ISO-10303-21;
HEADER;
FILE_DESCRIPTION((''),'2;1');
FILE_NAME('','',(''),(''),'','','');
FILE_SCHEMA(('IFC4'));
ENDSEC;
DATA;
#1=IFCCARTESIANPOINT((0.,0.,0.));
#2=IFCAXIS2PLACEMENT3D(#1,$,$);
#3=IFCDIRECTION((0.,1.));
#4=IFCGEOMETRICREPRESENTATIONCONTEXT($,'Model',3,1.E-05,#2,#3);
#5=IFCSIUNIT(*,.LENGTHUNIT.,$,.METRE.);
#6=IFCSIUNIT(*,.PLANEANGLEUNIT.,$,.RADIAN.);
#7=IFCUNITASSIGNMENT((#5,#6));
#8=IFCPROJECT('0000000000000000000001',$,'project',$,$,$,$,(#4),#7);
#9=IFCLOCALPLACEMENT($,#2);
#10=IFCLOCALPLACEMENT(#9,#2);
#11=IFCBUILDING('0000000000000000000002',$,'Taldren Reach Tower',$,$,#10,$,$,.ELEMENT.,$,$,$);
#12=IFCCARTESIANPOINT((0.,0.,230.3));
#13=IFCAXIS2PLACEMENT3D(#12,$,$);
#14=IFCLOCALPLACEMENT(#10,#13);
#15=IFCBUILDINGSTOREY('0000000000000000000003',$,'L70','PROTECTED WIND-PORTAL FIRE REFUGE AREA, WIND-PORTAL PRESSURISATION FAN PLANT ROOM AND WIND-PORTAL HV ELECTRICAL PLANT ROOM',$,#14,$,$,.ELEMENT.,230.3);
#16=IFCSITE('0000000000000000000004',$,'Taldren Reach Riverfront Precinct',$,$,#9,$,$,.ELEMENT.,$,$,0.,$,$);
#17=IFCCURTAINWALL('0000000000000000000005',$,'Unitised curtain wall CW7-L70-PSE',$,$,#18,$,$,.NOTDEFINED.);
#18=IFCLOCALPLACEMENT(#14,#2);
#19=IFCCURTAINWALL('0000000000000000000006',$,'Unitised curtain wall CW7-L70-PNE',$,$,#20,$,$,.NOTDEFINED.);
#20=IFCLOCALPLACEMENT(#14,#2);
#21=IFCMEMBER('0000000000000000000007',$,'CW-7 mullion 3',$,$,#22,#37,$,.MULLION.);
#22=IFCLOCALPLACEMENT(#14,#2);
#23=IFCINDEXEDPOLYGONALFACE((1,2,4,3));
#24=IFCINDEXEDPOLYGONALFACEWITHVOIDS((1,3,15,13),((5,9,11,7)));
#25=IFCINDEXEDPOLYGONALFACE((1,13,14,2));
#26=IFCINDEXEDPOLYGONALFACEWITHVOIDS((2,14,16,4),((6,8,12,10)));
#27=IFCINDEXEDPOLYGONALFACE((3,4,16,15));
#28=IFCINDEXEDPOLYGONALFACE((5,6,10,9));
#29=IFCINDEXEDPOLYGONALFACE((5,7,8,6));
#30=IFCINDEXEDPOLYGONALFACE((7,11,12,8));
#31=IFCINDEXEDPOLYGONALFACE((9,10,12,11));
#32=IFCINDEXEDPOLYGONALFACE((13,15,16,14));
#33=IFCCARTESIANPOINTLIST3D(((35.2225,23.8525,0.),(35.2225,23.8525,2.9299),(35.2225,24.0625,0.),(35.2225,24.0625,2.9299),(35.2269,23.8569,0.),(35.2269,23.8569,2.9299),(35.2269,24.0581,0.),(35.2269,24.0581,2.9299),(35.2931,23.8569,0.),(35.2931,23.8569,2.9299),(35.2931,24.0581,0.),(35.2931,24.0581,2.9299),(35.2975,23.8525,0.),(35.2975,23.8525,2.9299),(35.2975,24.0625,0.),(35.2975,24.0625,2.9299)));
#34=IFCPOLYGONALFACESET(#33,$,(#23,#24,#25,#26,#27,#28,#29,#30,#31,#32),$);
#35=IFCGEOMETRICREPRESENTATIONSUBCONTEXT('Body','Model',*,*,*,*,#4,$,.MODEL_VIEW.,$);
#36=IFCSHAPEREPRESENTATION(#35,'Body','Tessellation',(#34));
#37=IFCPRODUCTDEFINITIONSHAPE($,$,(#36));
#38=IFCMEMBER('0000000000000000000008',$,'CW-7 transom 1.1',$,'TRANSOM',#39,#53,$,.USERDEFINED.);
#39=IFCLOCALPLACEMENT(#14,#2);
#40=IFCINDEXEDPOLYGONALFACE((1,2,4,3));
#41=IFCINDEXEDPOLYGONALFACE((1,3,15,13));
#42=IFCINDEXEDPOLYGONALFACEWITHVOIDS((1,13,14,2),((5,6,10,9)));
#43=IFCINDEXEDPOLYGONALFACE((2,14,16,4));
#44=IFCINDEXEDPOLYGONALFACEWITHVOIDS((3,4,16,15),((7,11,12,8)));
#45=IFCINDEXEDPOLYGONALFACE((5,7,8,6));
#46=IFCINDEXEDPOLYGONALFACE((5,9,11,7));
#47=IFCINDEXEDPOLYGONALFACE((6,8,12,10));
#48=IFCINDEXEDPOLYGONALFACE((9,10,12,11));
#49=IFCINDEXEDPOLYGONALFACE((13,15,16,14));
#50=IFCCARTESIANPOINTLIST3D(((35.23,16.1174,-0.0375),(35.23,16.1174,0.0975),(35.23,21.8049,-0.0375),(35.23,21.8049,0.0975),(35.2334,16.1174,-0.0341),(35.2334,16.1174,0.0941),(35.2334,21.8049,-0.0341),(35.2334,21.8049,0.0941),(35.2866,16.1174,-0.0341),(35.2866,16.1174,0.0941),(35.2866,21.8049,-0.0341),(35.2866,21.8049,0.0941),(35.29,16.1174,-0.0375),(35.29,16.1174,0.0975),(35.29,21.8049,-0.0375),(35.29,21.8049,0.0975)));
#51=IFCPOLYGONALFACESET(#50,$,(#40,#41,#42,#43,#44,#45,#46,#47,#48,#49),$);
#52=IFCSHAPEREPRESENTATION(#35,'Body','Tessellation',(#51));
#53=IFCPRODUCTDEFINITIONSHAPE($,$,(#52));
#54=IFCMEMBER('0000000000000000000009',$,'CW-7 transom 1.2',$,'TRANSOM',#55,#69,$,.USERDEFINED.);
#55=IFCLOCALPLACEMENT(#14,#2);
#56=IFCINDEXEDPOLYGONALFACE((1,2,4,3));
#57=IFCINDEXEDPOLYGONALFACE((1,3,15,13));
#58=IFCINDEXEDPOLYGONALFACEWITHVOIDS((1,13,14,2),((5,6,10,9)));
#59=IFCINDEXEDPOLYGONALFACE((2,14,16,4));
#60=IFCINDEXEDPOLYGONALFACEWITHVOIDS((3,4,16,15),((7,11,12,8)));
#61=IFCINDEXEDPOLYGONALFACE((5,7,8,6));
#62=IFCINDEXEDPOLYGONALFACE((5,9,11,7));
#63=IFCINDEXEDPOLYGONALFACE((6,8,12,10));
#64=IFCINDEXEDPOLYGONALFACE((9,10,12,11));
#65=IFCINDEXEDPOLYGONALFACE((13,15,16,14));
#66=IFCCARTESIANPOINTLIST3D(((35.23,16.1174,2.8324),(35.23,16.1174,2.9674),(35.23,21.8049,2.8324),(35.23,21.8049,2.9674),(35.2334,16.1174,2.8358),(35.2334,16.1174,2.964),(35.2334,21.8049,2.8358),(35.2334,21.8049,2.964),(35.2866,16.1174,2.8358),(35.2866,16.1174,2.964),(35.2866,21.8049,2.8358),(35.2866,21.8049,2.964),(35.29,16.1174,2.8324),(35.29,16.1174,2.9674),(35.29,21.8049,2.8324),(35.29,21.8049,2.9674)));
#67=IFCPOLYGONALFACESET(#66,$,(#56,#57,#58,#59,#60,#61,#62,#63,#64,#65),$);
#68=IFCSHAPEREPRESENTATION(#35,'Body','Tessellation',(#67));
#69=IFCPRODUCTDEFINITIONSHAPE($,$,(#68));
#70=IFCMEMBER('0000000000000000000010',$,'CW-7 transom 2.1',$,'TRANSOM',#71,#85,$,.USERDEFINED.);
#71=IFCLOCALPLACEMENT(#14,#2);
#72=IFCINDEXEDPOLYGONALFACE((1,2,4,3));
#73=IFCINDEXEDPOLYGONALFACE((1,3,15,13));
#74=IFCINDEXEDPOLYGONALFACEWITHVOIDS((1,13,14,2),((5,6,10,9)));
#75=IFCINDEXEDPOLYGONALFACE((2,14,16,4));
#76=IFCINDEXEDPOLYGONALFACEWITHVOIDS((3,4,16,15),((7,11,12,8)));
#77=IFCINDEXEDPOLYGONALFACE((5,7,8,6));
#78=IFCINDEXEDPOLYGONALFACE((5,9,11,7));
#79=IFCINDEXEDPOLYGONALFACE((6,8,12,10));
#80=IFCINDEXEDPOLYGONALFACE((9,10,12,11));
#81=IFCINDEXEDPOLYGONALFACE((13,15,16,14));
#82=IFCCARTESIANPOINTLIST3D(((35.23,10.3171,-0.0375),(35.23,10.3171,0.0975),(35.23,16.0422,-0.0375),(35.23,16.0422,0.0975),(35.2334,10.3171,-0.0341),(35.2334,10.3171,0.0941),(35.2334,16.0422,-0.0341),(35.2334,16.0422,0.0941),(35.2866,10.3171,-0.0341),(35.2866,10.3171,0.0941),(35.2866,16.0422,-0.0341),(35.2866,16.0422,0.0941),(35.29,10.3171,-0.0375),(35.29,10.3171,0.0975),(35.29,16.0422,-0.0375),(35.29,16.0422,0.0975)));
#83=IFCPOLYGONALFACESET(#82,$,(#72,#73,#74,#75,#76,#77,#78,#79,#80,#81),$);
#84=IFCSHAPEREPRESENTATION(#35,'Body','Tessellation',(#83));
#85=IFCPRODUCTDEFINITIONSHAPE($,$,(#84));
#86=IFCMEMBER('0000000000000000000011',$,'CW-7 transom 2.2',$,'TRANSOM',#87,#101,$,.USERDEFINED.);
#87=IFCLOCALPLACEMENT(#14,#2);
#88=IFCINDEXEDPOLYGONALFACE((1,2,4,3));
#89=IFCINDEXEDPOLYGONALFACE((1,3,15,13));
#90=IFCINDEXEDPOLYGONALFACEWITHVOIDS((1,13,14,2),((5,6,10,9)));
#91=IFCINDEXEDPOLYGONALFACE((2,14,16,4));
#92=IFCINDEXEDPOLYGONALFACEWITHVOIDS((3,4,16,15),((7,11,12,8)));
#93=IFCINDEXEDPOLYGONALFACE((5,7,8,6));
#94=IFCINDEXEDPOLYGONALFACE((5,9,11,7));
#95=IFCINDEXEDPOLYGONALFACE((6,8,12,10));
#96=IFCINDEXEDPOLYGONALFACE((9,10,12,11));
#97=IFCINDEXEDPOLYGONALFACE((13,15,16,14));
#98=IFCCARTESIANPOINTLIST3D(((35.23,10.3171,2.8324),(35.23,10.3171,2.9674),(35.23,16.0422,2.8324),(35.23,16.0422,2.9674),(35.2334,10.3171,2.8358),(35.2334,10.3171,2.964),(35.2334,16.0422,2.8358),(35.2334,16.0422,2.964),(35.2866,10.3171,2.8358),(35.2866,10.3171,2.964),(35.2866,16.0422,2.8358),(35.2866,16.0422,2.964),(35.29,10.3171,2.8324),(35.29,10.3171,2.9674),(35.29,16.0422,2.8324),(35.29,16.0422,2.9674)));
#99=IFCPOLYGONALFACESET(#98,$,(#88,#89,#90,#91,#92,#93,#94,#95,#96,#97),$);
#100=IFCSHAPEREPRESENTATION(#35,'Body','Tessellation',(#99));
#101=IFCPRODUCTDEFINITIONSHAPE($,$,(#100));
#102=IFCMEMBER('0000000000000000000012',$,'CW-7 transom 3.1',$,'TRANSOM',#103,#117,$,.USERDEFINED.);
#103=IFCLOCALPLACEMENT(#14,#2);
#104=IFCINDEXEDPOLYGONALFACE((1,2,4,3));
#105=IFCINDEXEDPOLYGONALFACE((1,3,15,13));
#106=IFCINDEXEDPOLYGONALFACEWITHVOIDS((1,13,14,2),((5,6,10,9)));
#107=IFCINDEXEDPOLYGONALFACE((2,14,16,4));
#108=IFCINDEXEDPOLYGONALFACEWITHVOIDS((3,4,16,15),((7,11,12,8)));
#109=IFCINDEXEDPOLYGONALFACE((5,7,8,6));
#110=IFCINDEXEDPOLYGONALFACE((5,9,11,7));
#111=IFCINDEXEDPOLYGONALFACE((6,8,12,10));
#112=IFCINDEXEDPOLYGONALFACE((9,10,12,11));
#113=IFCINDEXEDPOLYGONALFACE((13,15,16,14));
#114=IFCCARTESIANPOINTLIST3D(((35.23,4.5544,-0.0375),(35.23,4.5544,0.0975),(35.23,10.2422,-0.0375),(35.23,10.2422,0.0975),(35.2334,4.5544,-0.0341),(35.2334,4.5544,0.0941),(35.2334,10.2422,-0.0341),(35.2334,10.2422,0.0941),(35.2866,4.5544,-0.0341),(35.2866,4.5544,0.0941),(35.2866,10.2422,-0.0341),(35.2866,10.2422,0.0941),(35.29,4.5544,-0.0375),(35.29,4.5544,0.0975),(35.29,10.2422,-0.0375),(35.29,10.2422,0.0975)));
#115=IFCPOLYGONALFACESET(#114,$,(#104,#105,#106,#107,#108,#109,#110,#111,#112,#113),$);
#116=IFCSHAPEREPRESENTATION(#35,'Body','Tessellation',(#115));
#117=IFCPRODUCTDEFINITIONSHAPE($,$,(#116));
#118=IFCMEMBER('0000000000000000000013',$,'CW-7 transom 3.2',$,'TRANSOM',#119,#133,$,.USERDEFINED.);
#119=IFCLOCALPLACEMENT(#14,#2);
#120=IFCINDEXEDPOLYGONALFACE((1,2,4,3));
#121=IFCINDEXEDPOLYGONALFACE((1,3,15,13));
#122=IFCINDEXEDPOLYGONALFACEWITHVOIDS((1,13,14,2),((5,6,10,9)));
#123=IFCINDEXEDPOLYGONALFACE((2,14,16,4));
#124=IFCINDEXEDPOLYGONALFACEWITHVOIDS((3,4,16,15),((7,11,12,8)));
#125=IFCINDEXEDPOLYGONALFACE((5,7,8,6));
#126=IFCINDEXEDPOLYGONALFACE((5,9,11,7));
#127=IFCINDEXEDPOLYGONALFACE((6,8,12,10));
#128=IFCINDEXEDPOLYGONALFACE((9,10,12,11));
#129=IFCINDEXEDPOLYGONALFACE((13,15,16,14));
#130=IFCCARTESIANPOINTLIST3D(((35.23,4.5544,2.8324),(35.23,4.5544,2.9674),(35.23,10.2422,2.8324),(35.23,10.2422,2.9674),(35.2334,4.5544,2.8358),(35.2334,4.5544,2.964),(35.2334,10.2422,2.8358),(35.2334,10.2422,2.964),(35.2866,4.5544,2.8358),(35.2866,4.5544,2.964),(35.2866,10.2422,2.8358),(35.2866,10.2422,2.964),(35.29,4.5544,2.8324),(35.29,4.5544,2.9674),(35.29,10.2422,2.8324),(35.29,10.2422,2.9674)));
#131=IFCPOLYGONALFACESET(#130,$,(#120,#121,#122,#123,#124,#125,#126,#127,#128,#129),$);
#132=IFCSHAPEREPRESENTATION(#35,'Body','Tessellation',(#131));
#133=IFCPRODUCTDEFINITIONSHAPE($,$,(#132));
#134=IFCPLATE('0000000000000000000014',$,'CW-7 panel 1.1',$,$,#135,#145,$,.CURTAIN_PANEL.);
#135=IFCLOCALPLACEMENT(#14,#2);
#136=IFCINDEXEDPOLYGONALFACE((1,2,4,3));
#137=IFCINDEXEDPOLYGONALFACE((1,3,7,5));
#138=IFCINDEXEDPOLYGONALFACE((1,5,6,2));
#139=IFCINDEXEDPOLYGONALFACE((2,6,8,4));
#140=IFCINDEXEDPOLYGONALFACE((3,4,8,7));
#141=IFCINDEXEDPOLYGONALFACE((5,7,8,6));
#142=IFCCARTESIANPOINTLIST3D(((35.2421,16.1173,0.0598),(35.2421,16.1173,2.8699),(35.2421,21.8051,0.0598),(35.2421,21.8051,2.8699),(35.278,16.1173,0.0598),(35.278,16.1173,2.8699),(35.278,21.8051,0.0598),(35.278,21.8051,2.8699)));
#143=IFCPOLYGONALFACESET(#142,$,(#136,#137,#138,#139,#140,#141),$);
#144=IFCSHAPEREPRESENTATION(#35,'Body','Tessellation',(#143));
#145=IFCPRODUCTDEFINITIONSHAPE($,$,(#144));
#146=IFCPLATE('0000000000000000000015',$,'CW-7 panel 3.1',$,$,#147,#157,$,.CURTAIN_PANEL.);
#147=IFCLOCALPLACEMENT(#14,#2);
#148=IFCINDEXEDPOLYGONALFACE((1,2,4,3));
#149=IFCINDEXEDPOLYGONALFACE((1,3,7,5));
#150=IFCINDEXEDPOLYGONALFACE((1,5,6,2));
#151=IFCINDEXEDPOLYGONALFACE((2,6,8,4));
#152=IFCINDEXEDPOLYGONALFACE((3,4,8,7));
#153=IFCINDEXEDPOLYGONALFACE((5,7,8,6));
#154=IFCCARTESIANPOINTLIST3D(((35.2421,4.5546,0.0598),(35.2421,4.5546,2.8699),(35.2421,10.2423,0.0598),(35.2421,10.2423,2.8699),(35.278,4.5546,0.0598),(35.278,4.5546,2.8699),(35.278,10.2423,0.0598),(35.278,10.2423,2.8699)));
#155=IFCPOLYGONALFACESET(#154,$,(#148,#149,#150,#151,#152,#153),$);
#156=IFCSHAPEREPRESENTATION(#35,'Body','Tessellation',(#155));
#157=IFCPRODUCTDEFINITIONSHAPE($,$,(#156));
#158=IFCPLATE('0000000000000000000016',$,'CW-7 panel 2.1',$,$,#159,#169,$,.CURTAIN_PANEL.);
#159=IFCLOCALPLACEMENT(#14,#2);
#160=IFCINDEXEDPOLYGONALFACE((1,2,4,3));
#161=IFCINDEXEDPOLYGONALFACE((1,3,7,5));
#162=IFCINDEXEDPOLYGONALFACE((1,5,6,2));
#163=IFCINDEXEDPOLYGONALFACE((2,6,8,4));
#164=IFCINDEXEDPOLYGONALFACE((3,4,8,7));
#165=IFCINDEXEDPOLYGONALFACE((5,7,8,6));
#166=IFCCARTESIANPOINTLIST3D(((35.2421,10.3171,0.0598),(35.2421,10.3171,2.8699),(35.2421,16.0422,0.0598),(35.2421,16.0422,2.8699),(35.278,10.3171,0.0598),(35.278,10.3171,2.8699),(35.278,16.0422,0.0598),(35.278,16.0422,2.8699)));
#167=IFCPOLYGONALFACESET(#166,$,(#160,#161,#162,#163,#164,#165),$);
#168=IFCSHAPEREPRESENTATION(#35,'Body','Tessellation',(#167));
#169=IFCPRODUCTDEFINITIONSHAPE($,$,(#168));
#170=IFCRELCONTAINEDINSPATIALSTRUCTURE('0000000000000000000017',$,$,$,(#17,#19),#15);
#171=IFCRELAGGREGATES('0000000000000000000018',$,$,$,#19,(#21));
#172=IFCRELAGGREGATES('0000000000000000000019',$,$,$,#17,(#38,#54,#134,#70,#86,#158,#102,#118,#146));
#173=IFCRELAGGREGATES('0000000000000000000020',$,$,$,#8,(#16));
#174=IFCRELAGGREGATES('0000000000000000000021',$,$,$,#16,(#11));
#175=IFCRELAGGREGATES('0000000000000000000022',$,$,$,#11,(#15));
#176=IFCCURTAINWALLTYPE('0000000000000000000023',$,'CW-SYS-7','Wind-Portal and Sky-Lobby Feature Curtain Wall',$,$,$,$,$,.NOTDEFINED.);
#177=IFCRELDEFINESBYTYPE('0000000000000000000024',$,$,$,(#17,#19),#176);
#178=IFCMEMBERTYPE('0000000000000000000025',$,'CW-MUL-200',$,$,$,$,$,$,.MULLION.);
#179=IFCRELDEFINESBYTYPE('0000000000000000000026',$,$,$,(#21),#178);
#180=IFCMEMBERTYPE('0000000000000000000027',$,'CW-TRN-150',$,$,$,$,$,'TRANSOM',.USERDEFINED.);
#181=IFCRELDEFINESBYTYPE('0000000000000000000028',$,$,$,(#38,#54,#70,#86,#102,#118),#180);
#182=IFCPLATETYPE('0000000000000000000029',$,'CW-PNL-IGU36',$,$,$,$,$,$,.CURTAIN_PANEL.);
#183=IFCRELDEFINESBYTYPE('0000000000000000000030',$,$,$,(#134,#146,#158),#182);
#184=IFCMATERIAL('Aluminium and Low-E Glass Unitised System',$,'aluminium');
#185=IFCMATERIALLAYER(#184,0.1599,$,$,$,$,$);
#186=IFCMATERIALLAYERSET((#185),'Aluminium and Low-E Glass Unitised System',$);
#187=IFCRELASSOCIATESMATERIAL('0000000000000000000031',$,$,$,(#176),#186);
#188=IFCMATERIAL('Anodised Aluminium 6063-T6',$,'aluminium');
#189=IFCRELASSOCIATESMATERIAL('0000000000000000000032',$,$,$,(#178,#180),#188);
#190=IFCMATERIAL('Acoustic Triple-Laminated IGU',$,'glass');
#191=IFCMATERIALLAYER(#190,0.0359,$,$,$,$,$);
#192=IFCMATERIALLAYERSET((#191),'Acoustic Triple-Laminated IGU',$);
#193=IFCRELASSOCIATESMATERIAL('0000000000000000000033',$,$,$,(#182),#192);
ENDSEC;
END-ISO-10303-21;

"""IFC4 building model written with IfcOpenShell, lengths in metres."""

from ifc_helpers import new_model, si_unit, direction, frame, origin, origin_2d, place, context, subcontext, project, spatial, rectangle, hollow_rectangle, extrude, source, transform, mapped, material, layer, layer_set, material_profile, profile_set, type_object, element, aggregate, save


model = new_model("IFC4")

# Units and contexts
model_context = context("Model", 3, precision=1e-05, world=origin(), true_north=direction((0.0, 1.0)))
body_context = subcontext(model_context, "Body", "Model", "MODEL_VIEW")
ifc_project = project(units=[si_unit("LENGTHUNIT", "METRE"), si_unit("PLANEANGLEUNIT", "RADIAN")], contexts=[model_context])

# Site, building, storey
site_placement = place(None, origin())
site = spatial("IfcSite", under=ifc_project, at=site_placement, Name="Taldren Reach Riverfront Precinct", CompositionType="ELEMENT", RefElevation=0.0)
building_placement = place(site_placement, origin())
building = spatial("IfcBuilding", under=site, at=building_placement, Name="Taldren Reach Tower", CompositionType="ELEMENT")
storey_placement = place(building_placement, frame((0.0, 0.0, 230.3)))
storey = spatial("IfcBuildingStorey", under=building, at=storey_placement, Name="L70", Description="PROTECTED WIND-PORTAL FIRE REFUGE AREA, WIND-PORTAL PRESSURISATION FAN PLANT ROOM AND WIND-PORTAL HV ELECTRICAL PLANT ROOM", CompositionType="ELEMENT", Elevation=230.3)

# Curtain wall
ifc_material_1 = material(Name="Aluminium and Low-E Glass Unitised System", Category="aluminium")
ifc_layer_1 = layer(ifc_material_1, 0.1599)
ifc_layer_set_1 = layer_set([ifc_layer_1], Name="Aluminium and Low-E Glass Unitised System")
curtain_wall_type = type_object("IfcCurtainWallType", Name="CW-SYS-7", Description="Wind-Portal and Sky-Lobby Feature Curtain Wall", PredefinedType="NOTDEFINED", material=ifc_layer_set_1)
curtain_wall_1_placement = place(storey_placement, origin())
curtain_wall_1 = element("IfcCurtainWall", 1, at=curtain_wall_1_placement, inside=storey, type_object=curtain_wall_type, Name="Unitised curtain wall CW7-L70-PSE", PredefinedType="NOTDEFINED")
ifc_material_2 = material(Name="Anodised Aluminium 6063-T6", Category="aluminium")
ifc_material_profile_1 = material_profile(ifc_material_2, hollow_rectangle(XDim=0.075, YDim=0.21, WallThickness=0.0044, at=origin_2d()), Name="ALU-210x75x4.5RHS")
ifc_profile_set_1 = profile_set([ifc_material_profile_1], Name="Anodised Aluminium 6063-T6")
member_type_1 = type_object("IfcMemberType", Name="CW-MUL-200", PredefinedType="MULLION", material=ifc_profile_set_1)
shared_shape_1 = source(origin(), body_context, "Body", "SweptSolid", [
    extrude(hollow_rectangle(XDim=0.075, YDim=0.21, WallThickness=0.0044, at=origin_2d()), origin(), (0.0, 0.0, 1.0), 2.9299),
])

# Curtain wall, member
curtain_wall_2_placement = place(storey_placement, origin())
curtain_wall_2 = element("IfcCurtainWall", 2, at=curtain_wall_2_placement, inside=storey, type_object=curtain_wall_type, Name="Unitised curtain wall CW7-L70-PNE", PredefinedType="NOTDEFINED")
member_1_placement = place(storey_placement, frame((35.26, 23.9575, 0.0), z_axis=(0.0, 0.0, 1.0), x_axis=(1.0, 0.0, 0.0)))
member_1 = element("IfcMember", 3, at=member_1_placement, type_object=member_type_1, Name="CW-7 mullion 3", PredefinedType="MULLION", context=body_context, shape_type="MappedRepresentation", body=[
    mapped(shared_shape_1, transform((0.0, 0.0, 0.0), scale=1.0)),
])
aggregate(curtain_wall_2, [member_1])

# Members
ifc_material_profile_2 = material_profile(ifc_material_2, hollow_rectangle(XDim=0.0601, YDim=0.135, WallThickness=0.0034, at=origin_2d()), Name="ALU-135x60x3.5RHS")
ifc_profile_set_2 = profile_set([ifc_material_profile_2], Name="Anodised Aluminium 6063-T6")
member_type_2 = type_object("IfcMemberType", Name="CW-TRN-150", ElementType="TRANSOM", PredefinedType="USERDEFINED", material=ifc_profile_set_2)
shared_shape_2 = source(origin(), body_context, "Body", "SweptSolid", [
    extrude(hollow_rectangle(XDim=0.0601, YDim=0.135, WallThickness=0.0034, at=origin_2d()), origin(), (0.0, 0.0, 1.0), 5.6875),
])
member_2_placement = place(storey_placement, frame((35.26, 21.8049, 0.03), z_axis=(0.0, -1.0, 0.0), x_axis=(1.0, 0.0, 0.0)))
member_2 = element("IfcMember", 4, at=member_2_placement, type_object=member_type_2, Name="CW-7 transom 1.1", ObjectType="TRANSOM", PredefinedType="USERDEFINED", context=body_context, shape_type="MappedRepresentation", body=[
    mapped(shared_shape_2, transform((0.0, 0.0, 0.0), scale=1.0)),
])
member_3_placement = place(storey_placement, frame((35.26, 21.8049, 2.8999), z_axis=(0.0, -1.0, 0.0), x_axis=(1.0, 0.0, 0.0)))
member_3 = element("IfcMember", 5, at=member_3_placement, type_object=member_type_2, Name="CW-7 transom 1.2", ObjectType="TRANSOM", PredefinedType="USERDEFINED", context=body_context, shape_type="MappedRepresentation", body=[
    mapped(shared_shape_2, transform((0.0, 0.0, 0.0), scale=1.0)),
])
shared_shape_3 = source(origin(), body_context, "Body", "SweptSolid", [
    extrude(hollow_rectangle(XDim=0.0601, YDim=0.135, WallThickness=0.0034, at=origin_2d()), origin(), (0.0, 0.0, 1.0), 5.7251),
])
member_4_placement = place(storey_placement, frame((35.26, 16.0422, 0.03), z_axis=(0.0, -1.0, 0.0), x_axis=(1.0, 0.0, 0.0)))
member_4 = element("IfcMember", 6, at=member_4_placement, type_object=member_type_2, Name="CW-7 transom 2.1", ObjectType="TRANSOM", PredefinedType="USERDEFINED", context=body_context, shape_type="MappedRepresentation", body=[
    mapped(shared_shape_3, transform((0.0, 0.0, 0.0), scale=1.0)),
])
member_5_placement = place(storey_placement, frame((35.26, 16.0422, 2.8999), z_axis=(0.0, -1.0, 0.0), x_axis=(1.0, 0.0, 0.0)))
member_5 = element("IfcMember", 7, at=member_5_placement, type_object=member_type_2, Name="CW-7 transom 2.2", ObjectType="TRANSOM", PredefinedType="USERDEFINED", context=body_context, shape_type="MappedRepresentation", body=[
    mapped(shared_shape_3, transform((0.0, 0.0, 0.0), scale=1.0)),
])
shared_shape_4 = source(origin(), body_context, "Body", "SweptSolid", [
    extrude(hollow_rectangle(XDim=0.0601, YDim=0.135, WallThickness=0.0034, at=origin_2d()), origin(), (0.0, 0.0, 1.0), 5.6877),
])
member_6_placement = place(storey_placement, frame((35.26, 10.2422, 0.03), z_axis=(0.0, -1.0, 0.0), x_axis=(1.0, 0.0, 0.0)))
member_6 = element("IfcMember", 8, at=member_6_placement, type_object=member_type_2, Name="CW-7 transom 3.1", ObjectType="TRANSOM", PredefinedType="USERDEFINED", context=body_context, shape_type="MappedRepresentation", body=[
    mapped(shared_shape_4, transform((0.0, 0.0, 0.0), scale=1.0)),
])
member_7_placement = place(storey_placement, frame((35.26, 10.2422, 2.8999), z_axis=(0.0, -1.0, 0.0), x_axis=(1.0, 0.0, 0.0)))
member_7 = element("IfcMember", 9, at=member_7_placement, type_object=member_type_2, Name="CW-7 transom 3.2", ObjectType="TRANSOM", PredefinedType="USERDEFINED", context=body_context, shape_type="MappedRepresentation", body=[
    mapped(shared_shape_4, transform((0.0, 0.0, 0.0), scale=1.0)),
])

# Plates
ifc_material_3 = material(Name="Acoustic Triple-Laminated IGU", Category="glass")
ifc_layer_2 = layer(ifc_material_3, 0.0359)
ifc_layer_set_2 = layer_set([ifc_layer_2], Name="Acoustic Triple-Laminated IGU")
plate_type = type_object("IfcPlateType", Name="CW-PNL-IGU36", PredefinedType="CURTAIN_PANEL", material=ifc_layer_set_2)
shared_shape_5 = source(origin(), body_context, "Body", "SweptSolid", [
    extrude(rectangle(XDim=5.6877, YDim=0.0359, at=origin_2d()), origin(), (0.0, 0.0, 1.0), 2.8101),
])
plate_1_placement = place(storey_placement, frame((35.26, 18.9612, 0.0598), z_axis=(0.0, 0.0, 1.0), x_axis=(0.0, -1.0, 0.0)))
plate_1 = element("IfcPlate", 10, at=plate_1_placement, type_object=plate_type, Name="CW-7 panel 1.1", PredefinedType="CURTAIN_PANEL", context=body_context, shape_type="MappedRepresentation", body=[
    mapped(shared_shape_5, transform((0.0, 0.0, 0.0), scale=1.0)),
])
plate_2_placement = place(storey_placement, frame((35.26, 7.3984, 0.0598), z_axis=(0.0, 0.0, 1.0), x_axis=(0.0, -1.0, 0.0)))
plate_2 = element("IfcPlate", 11, at=plate_2_placement, type_object=plate_type, Name="CW-7 panel 3.1", PredefinedType="CURTAIN_PANEL", context=body_context, shape_type="MappedRepresentation", body=[
    mapped(shared_shape_5, transform((0.0, 0.0, 0.0), scale=1.0)),
])
shared_shape_6 = source(origin(), body_context, "Body", "SweptSolid", [
    extrude(rectangle(XDim=5.7251, YDim=0.0359, at=origin_2d()), origin(), (0.0, 0.0, 1.0), 2.8101),
])
plate_3_placement = place(storey_placement, frame((35.26, 13.1797, 0.0598), z_axis=(0.0, 0.0, 1.0), x_axis=(0.0, -1.0, 0.0)))
plate_3 = element("IfcPlate", 12, at=plate_3_placement, type_object=plate_type, Name="CW-7 panel 2.1", PredefinedType="CURTAIN_PANEL", context=body_context, shape_type="MappedRepresentation", body=[
    mapped(shared_shape_6, transform((0.0, 0.0, 0.0), scale=1.0)),
])
aggregate(curtain_wall_1, [member_2, member_3, plate_1, member_4, member_5, plate_3, member_6, member_7, plate_2])

save(model, "model.ifc")
